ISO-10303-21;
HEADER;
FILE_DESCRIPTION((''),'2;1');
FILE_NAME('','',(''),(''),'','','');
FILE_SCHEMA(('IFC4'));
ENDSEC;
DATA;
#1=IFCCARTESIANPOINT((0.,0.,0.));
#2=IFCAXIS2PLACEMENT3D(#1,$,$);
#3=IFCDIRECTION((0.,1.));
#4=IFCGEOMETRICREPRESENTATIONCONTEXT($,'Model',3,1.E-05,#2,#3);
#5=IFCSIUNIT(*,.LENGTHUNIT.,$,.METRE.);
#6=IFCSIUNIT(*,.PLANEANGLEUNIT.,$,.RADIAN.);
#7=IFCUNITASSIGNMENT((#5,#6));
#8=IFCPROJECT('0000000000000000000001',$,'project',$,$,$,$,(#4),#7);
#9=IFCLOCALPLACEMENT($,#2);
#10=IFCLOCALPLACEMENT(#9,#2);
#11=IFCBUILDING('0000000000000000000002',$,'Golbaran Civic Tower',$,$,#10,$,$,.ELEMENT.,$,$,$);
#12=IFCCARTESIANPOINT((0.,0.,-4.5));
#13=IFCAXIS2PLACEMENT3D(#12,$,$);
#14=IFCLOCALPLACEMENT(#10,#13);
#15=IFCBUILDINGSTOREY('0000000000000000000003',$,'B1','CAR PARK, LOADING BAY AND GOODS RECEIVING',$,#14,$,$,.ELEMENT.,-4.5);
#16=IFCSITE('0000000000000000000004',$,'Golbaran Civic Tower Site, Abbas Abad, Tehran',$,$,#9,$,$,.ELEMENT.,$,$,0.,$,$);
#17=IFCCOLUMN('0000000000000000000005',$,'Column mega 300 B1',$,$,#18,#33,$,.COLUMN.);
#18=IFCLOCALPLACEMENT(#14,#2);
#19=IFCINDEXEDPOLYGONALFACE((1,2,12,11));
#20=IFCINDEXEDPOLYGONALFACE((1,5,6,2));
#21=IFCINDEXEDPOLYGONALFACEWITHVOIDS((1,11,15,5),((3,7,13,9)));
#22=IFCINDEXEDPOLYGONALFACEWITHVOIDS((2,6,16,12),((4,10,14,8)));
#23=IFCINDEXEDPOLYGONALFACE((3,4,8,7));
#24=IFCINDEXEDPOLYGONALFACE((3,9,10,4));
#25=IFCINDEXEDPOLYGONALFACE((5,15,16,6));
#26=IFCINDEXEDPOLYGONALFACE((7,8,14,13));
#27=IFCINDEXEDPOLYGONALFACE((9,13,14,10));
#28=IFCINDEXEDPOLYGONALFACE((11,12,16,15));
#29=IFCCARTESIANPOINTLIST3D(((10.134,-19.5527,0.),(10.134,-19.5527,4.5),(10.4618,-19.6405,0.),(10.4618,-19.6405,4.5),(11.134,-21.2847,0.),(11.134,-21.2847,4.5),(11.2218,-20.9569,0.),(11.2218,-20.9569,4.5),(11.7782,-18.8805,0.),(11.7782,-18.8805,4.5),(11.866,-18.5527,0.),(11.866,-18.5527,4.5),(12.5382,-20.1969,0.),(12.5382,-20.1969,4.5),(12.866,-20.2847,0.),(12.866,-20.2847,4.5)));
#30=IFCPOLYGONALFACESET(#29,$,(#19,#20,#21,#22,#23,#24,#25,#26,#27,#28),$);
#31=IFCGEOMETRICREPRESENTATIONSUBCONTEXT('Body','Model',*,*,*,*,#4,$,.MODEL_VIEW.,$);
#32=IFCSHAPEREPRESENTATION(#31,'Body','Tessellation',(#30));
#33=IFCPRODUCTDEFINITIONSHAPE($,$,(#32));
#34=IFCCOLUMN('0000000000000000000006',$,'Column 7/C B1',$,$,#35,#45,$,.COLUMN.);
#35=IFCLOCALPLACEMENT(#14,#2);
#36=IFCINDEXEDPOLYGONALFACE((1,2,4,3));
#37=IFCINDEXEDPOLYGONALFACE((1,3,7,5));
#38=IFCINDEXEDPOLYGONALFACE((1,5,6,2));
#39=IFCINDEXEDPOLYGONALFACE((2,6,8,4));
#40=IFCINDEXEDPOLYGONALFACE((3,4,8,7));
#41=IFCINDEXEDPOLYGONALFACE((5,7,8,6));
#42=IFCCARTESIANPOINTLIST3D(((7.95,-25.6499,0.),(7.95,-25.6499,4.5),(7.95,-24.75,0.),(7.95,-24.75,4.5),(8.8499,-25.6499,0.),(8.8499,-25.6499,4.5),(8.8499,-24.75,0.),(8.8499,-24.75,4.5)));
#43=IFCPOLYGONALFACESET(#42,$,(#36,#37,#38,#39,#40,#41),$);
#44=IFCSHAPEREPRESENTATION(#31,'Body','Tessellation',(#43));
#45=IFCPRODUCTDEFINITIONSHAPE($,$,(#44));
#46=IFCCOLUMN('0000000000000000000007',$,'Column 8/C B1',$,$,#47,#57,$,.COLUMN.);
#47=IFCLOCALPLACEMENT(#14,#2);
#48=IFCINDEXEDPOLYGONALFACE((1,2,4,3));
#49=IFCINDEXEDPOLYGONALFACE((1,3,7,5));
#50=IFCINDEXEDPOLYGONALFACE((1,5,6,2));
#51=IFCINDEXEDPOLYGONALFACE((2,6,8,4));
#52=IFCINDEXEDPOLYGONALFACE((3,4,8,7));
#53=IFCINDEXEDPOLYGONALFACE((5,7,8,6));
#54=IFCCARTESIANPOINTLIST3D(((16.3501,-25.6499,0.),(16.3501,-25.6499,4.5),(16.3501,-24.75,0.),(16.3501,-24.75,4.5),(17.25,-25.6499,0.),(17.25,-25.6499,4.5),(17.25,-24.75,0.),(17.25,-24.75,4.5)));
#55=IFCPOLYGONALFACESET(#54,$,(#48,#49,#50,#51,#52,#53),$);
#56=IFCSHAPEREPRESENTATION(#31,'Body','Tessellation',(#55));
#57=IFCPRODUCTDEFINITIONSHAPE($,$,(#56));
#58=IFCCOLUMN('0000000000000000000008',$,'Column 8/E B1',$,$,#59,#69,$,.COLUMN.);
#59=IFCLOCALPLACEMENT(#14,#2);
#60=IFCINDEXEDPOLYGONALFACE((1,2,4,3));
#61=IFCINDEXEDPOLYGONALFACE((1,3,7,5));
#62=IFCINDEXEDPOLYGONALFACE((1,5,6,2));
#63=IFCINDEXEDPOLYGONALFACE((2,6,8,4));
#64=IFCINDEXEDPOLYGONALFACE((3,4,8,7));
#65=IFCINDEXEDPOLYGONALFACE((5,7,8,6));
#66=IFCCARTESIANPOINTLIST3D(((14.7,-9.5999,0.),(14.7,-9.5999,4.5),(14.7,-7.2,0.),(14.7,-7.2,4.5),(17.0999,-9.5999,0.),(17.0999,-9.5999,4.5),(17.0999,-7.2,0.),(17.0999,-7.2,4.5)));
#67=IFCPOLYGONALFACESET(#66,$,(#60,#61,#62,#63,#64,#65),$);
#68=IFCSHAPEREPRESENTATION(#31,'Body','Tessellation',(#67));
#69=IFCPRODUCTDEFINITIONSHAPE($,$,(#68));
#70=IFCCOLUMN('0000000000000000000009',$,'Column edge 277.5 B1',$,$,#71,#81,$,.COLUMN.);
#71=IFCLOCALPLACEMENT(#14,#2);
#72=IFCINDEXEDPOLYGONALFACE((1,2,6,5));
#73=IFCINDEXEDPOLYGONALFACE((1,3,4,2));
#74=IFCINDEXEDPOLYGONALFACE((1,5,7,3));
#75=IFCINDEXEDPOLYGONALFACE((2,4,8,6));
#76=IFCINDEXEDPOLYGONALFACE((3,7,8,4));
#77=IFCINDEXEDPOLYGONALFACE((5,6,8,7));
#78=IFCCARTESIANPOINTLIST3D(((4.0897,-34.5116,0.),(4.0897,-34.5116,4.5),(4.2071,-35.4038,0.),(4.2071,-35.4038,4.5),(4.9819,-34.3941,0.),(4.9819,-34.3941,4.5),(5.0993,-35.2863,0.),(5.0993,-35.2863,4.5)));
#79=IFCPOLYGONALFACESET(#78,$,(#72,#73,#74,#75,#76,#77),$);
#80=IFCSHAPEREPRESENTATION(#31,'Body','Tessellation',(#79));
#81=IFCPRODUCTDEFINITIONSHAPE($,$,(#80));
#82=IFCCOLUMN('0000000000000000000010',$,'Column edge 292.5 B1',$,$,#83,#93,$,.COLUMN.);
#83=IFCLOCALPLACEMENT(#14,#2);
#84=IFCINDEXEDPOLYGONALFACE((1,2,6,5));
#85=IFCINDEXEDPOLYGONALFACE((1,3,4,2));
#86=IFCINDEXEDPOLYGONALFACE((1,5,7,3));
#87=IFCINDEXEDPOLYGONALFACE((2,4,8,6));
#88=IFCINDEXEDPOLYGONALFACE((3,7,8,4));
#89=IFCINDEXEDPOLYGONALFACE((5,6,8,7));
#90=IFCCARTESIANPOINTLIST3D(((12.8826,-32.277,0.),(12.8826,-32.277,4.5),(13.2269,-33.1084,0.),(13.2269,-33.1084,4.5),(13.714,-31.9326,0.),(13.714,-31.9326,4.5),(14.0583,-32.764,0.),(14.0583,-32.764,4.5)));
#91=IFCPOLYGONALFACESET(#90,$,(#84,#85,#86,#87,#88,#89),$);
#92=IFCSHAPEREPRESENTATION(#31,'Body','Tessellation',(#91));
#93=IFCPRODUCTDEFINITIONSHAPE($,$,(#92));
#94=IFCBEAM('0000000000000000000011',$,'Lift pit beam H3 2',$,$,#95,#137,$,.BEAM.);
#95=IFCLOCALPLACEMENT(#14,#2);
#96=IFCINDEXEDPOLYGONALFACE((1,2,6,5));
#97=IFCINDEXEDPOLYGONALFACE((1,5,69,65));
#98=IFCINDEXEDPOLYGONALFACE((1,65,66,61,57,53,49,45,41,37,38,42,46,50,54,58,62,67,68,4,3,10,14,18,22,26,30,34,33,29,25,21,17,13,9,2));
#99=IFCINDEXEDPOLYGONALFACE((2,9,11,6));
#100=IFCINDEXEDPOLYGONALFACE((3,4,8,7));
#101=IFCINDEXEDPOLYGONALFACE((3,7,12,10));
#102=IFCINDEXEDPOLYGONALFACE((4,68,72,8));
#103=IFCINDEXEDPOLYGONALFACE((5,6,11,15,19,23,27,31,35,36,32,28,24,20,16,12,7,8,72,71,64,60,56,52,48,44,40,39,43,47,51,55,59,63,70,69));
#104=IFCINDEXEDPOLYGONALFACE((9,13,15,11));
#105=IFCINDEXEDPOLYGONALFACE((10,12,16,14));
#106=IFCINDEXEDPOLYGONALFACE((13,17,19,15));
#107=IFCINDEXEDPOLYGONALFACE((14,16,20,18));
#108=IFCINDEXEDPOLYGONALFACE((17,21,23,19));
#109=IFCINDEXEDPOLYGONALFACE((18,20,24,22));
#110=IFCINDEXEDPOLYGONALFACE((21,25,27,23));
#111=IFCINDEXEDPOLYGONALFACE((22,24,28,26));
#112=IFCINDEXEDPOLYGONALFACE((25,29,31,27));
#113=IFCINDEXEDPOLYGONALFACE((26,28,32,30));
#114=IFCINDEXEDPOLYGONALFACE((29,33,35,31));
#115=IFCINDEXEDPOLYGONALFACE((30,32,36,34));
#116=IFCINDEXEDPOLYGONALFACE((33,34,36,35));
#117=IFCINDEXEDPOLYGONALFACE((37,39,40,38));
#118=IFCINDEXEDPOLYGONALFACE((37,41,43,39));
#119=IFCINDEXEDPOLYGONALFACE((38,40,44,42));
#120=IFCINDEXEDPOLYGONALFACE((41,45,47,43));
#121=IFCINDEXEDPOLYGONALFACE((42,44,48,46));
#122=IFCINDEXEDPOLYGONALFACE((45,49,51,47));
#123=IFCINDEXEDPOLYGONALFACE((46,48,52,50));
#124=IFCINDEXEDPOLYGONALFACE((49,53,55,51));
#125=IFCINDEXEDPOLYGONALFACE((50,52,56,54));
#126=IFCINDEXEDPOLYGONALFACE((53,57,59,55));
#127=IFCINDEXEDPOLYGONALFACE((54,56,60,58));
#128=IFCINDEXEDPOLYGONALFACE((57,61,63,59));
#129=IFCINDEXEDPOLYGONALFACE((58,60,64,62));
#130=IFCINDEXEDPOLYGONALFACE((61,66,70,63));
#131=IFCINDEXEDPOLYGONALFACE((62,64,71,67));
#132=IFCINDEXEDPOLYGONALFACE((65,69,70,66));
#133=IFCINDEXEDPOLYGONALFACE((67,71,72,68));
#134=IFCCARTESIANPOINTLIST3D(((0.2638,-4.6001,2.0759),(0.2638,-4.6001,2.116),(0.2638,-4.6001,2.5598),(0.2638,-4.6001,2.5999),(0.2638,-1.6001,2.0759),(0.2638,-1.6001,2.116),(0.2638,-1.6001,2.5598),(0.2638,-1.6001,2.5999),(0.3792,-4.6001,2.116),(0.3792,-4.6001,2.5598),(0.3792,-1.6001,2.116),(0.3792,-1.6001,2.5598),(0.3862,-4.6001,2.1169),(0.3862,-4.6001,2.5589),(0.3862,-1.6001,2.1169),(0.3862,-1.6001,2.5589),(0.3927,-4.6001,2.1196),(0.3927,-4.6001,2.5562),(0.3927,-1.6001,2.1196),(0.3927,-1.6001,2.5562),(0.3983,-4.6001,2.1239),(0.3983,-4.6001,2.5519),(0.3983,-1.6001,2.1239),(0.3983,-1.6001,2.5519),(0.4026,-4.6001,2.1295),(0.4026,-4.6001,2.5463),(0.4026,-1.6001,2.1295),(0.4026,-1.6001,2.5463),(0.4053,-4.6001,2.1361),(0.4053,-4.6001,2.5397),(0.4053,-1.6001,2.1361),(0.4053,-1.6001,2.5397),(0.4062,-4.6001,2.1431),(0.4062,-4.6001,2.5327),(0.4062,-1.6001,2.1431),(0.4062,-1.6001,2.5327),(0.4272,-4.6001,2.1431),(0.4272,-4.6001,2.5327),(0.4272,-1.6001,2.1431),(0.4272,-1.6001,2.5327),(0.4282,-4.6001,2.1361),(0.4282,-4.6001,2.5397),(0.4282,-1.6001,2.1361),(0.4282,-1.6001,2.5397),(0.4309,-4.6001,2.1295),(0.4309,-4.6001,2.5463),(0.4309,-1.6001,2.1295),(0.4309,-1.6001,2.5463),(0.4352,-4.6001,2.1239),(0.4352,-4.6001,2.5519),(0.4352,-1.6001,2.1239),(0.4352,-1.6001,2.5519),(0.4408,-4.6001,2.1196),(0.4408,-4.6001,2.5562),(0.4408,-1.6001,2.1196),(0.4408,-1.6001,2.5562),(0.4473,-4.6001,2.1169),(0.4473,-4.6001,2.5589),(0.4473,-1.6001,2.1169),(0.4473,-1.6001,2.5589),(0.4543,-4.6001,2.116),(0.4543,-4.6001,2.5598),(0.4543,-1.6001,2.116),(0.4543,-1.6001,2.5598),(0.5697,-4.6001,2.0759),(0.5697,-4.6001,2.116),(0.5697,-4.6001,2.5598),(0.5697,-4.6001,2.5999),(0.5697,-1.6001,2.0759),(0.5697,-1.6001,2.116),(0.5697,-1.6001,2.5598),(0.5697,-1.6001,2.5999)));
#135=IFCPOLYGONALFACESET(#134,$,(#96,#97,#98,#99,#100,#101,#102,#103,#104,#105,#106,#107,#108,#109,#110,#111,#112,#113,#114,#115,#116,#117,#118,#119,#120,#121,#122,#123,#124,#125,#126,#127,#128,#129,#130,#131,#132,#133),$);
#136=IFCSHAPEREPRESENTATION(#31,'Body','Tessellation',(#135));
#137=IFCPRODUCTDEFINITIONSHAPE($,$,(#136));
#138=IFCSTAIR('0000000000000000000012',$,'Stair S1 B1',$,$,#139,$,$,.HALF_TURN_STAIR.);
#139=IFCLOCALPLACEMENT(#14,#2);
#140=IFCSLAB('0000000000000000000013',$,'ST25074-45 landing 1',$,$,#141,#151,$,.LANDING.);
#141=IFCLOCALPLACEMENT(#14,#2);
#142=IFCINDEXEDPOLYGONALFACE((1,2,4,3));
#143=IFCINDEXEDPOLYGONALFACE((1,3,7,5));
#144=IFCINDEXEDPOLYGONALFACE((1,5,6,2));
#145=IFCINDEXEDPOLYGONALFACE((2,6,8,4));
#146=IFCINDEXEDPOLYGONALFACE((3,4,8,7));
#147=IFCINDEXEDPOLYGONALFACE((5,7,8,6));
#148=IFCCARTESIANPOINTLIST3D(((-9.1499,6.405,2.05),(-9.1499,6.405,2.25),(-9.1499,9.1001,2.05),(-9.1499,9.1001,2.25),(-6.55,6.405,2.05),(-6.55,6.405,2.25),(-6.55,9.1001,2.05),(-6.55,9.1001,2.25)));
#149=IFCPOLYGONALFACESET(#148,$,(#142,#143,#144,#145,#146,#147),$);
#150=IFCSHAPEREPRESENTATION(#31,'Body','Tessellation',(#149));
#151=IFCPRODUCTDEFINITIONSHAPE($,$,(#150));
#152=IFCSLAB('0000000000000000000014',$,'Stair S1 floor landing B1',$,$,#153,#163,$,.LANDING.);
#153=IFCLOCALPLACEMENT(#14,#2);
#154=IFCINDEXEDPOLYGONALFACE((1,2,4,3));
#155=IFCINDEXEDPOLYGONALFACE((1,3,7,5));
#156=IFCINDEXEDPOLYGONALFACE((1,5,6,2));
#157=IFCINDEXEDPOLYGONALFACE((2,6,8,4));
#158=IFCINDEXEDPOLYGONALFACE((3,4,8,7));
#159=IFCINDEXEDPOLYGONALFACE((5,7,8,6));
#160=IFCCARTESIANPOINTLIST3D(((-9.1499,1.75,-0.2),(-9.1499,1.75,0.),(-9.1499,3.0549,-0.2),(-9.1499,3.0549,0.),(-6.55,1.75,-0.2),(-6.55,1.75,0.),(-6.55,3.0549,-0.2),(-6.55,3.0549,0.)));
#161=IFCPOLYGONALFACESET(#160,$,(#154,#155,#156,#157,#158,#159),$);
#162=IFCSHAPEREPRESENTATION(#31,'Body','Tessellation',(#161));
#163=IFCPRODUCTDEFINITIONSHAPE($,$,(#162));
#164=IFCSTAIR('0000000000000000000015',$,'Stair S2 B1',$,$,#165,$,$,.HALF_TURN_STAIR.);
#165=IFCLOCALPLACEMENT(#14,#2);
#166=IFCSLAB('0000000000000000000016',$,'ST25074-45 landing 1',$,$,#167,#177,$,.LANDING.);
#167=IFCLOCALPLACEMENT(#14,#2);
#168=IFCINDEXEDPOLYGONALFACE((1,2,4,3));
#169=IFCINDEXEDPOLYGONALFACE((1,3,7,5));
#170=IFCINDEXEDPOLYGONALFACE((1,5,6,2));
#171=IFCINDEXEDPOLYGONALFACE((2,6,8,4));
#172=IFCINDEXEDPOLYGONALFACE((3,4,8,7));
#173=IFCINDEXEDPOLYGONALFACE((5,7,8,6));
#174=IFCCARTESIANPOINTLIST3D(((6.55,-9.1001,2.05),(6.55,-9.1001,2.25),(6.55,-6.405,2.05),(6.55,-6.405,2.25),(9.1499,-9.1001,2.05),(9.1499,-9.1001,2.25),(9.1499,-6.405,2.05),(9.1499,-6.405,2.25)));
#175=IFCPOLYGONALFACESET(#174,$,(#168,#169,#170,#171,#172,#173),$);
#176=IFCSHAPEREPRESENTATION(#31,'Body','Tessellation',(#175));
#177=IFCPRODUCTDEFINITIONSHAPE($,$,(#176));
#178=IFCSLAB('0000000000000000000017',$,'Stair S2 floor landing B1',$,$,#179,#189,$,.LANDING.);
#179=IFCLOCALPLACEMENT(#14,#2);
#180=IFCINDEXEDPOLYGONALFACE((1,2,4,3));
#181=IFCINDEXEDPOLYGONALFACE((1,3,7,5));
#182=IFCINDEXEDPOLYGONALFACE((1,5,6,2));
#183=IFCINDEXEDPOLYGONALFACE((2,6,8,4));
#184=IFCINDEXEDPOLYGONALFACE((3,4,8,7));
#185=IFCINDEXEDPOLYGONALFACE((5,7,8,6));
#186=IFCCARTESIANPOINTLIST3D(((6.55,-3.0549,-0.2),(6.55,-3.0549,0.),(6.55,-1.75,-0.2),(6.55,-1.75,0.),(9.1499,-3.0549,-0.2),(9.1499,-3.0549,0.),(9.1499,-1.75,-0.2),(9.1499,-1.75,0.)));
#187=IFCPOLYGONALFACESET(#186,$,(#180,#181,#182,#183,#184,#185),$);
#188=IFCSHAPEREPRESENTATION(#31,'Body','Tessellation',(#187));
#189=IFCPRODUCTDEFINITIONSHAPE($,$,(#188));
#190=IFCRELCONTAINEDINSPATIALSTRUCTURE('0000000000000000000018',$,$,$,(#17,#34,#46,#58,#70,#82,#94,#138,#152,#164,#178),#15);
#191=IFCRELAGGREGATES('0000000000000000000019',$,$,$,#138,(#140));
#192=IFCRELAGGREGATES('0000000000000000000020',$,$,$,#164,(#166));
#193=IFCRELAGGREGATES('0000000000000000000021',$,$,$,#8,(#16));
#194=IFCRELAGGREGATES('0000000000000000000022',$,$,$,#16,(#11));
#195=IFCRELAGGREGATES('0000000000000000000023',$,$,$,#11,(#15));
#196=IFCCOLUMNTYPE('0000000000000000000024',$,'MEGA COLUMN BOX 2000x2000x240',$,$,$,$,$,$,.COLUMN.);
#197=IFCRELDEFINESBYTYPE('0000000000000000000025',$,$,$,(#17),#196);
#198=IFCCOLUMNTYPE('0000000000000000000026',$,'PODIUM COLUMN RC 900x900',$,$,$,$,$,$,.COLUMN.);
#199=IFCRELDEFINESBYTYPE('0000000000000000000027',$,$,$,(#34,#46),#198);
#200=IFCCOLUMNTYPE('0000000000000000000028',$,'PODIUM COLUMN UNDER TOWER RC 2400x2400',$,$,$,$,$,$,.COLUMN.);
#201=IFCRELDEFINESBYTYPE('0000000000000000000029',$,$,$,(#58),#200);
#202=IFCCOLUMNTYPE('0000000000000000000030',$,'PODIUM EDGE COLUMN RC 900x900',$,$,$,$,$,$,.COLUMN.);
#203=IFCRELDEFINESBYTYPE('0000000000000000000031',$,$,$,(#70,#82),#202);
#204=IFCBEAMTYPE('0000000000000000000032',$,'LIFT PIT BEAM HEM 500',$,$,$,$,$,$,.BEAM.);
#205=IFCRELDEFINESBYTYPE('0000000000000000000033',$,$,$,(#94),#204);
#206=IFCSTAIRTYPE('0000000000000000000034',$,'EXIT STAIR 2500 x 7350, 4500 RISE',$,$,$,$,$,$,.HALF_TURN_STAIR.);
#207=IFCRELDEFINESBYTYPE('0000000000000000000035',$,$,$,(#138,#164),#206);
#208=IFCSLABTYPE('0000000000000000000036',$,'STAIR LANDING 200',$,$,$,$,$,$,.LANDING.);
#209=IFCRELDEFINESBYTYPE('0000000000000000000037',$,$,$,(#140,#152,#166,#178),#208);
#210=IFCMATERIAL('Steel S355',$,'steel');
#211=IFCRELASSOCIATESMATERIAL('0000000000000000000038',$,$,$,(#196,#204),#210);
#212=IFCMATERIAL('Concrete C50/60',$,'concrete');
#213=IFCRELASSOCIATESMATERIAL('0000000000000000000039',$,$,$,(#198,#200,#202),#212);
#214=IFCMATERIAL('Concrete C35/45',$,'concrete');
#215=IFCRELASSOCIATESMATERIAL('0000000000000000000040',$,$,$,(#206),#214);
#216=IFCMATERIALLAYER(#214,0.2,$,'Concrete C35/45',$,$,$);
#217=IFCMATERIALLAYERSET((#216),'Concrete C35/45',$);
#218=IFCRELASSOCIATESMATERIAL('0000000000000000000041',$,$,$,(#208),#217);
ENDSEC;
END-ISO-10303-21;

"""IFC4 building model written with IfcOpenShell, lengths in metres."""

from ifc_helpers import new_model, si_unit, direction, frame, origin, origin_2d, place, context, subcontext, project, spatial, polyline, rectangle, hollow_rectangle, i_section, outline, extrude, material, layer, layer_set, material_profile, profile_set, type_object, element, aggregate, save


model = new_model("IFC4")

# Units and contexts
model_context = context("Model", 3, precision=1e-05, world=origin(), true_north=direction((0.0, 1.0)))
body_context = subcontext(model_context, "Body", "Model", "MODEL_VIEW")
ifc_project = project(units=[si_unit("LENGTHUNIT", "METRE"), si_unit("PLANEANGLEUNIT", "RADIAN")], contexts=[model_context])

# Site, building, storey
site_placement = place(None, origin())
site = spatial("IfcSite", under=ifc_project, at=site_placement, Name="Golbaran Civic Tower Site, Abbas Abad, Tehran", CompositionType="ELEMENT", RefElevation=0.0)
building_placement = place(site_placement, origin())
building = spatial("IfcBuilding", under=site, at=building_placement, Name="Golbaran Civic Tower", CompositionType="ELEMENT")
storey_placement = place(building_placement, frame((0.0, 0.0, -4.5)))
storey = spatial("IfcBuildingStorey", under=building, at=storey_placement, Name="B1", Description="CAR PARK, LOADING BAY AND GOODS RECEIVING", CompositionType="ELEMENT", Elevation=-4.5)

# Columns
ifc_material_1 = material(Name="Steel S355", Category="steel")
ifc_material_profile_1 = material_profile(ifc_material_1, hollow_rectangle(XDim=2.0, YDim=2.0, WallThickness=0.24, at=origin_2d()), Name="BOX 2000x2000x240")
ifc_profile_set_1 = profile_set([ifc_material_profile_1], Name="Steel S355")
column_type_1 = type_object("IfcColumnType", Name="MEGA COLUMN BOX 2000x2000x240", PredefinedType="COLUMN", material=ifc_profile_set_1)
column_1_placement = place(storey_placement, frame((11.5, -19.9187, 0.0), z_axis=(0.0, 0.0, 1.0), x_axis=(0.5, -0.866025, 0.0)))
element("IfcColumn", 1, at=column_1_placement, inside=storey, type_object=column_type_1, Name="Column mega 300 B1", PredefinedType="COLUMN", context=body_context, shape_type="SweptSolid", body=[
    extrude(hollow_rectangle(XDim=2.0, YDim=2.0, WallThickness=0.24, at=origin_2d()), origin(), (0.0, 0.0, 1.0), 4.5),
])
ifc_material_2 = material(Name="Concrete C50/60", Category="concrete")
ifc_material_profile_2 = material_profile(ifc_material_2, rectangle(XDim=0.8999, YDim=0.8999, at=origin_2d()), Name="RC 900x900")
ifc_profile_set_2 = profile_set([ifc_material_profile_2], Name="Concrete C50/60")
column_type_2 = type_object("IfcColumnType", Name="PODIUM COLUMN RC 900x900", PredefinedType="COLUMN", material=ifc_profile_set_2)
for number, where, z_axis, x_axis, name in (
    (2, (8.3999, -25.2, 0.0), (0.0, 0.0, 1.0), (1.0, 0.0, 0.0), "Column 7/C B1"),
    (3, (16.8, -25.2, 0.0), (0.0, 0.0, 1.0), (1.0, 0.0, 0.0), "Column 8/C B1"),
):
    element("IfcColumn", number, at=place(storey_placement, frame(where, z_axis=z_axis, x_axis=x_axis)), inside=storey, type_object=column_type_2, Name=name, PredefinedType="COLUMN", context=body_context, shape_type="SweptSolid", body=[
        extrude(rectangle(XDim=0.8999, YDim=0.8999, at=origin_2d()), origin(), (0.0, 0.0, 1.0), 4.5),
    ])
ifc_material_profile_3 = material_profile(ifc_material_2, rectangle(XDim=2.3999, YDim=2.3999, at=origin_2d()), Name="RC 2400x2400")
ifc_profile_set_3 = profile_set([ifc_material_profile_3], Name="Concrete C50/60")
column_type_3 = type_object("IfcColumnType", Name="PODIUM COLUMN UNDER TOWER RC 2400x2400", PredefinedType="COLUMN", material=ifc_profile_set_3)
column_2_placement = place(storey_placement, frame((15.8999, -8.3999, 0.0), z_axis=(0.0, 0.0, 1.0), x_axis=(1.0, 0.0, 0.0)))
element("IfcColumn", 4, at=column_2_placement, inside=storey, type_object=column_type_3, Name="Column 8/E B1", PredefinedType="COLUMN", context=body_context, shape_type="SweptSolid", body=[
    extrude(rectangle(XDim=2.3999, YDim=2.3999, at=origin_2d()), origin(), (0.0, 0.0, 1.0), 4.5),
])
ifc_material_profile_4 = material_profile(ifc_material_2, rectangle(XDim=0.8999, YDim=0.8999, at=origin_2d()), Name="RC 900x900")
ifc_profile_set_4 = profile_set([ifc_material_profile_4], Name="Concrete C50/60")
column_type_4 = type_object("IfcColumnType", Name="PODIUM EDGE COLUMN RC 900x900", PredefinedType="COLUMN", material=ifc_profile_set_4)
for number, where, z_axis, x_axis, name in (
    (5, (4.5945, -34.8989, 0.0), (0.0, 0.0, 1.0), (0.130526, -0.991445, 0.0), "Column edge 277.5 B1"),
    (6, (13.4705, -32.5205, 0.0), (0.0, 0.0, 1.0), (0.382683, -0.92388, 0.0), "Column edge 292.5 B1"),
):
    element("IfcColumn", number, at=place(storey_placement, frame(where, z_axis=z_axis, x_axis=x_axis)), inside=storey, type_object=column_type_4, Name=name, PredefinedType="COLUMN", context=body_context, shape_type="SweptSolid", body=[
        extrude(rectangle(XDim=0.8999, YDim=0.8999, at=origin_2d()), origin(), (0.0, 0.0, 1.0), 4.5),
    ])

# Beam
ifc_material_profile_5 = material_profile(ifc_material_1, i_section(OverallWidth=0.3059, OverallDepth=0.5239, WebThickness=0.021, FlangeThickness=0.04, FilletRadius=0.0271, at=origin_2d()), Name="HEM 500")
ifc_profile_set_5 = profile_set([ifc_material_profile_5], Name="Steel S355")
beam_type = type_object("IfcBeamType", Name="LIFT PIT BEAM HEM 500", PredefinedType="BEAM", material=ifc_profile_set_5)
beam_placement = place(storey_placement, frame((0.4167, -4.6001, 2.3379), z_axis=(0.0, 1.0, 0.0), x_axis=(-1.0, 0.0, 0.0)))
element("IfcBeam", 7, at=beam_placement, inside=storey, type_object=beam_type, Name="Lift pit beam H3 2", PredefinedType="BEAM", context=body_context, shape_type="SweptSolid", body=[
    extrude(i_section(OverallWidth=0.3059, OverallDepth=0.5239, WebThickness=0.021, FlangeThickness=0.04, FilletRadius=0.0271, at=origin_2d()), origin(), (0.0, 0.0, 1.0), 3.0),
])

# Stair, slab
ifc_material_3 = material(Name="Concrete C35/45", Category="concrete")
stair_type_1 = type_object("IfcStairType", Name="EXIT STAIR 2500 x 7350, 4500 RISE", PredefinedType="HALF_TURN_STAIR", material=ifc_material_3)
stair_1_placement = place(storey_placement, origin())
stair_1 = element("IfcStair", 8, at=stair_1_placement, inside=storey, type_object=stair_type_1, Name="Stair S1 B1", PredefinedType="HALF_TURN_STAIR")
ifc_layer_1 = layer(ifc_material_3, 0.2, Name="Concrete C35/45")
ifc_layer_set_1 = layer_set([ifc_layer_1], Name="Concrete C35/45")
slab_type = type_object("IfcSlabType", Name="STAIR LANDING 200", PredefinedType="LANDING", material=ifc_layer_set_1)
slab_1_placement = place(storey_placement, frame((0.0, 0.0, 2.05)))
slab_1 = element("IfcSlab", 9, at=slab_1_placement, type_object=slab_type, Name="ST25074-45 landing 1", PredefinedType="LANDING", context=body_context, shape_type="SweptSolid", body=[
    extrude(outline(polyline([(-9.1499, 6.405), (-9.1499, 9.1001), (-6.55, 9.1001), (-6.55, 6.405), (-9.1499, 6.405)])), origin(), (0.0, 0.0, 1.0), 0.2),
])
aggregate(stair_1, [slab_1])

# Slab
slab_2_placement = place(storey_placement, frame((0.0, 0.0, -0.2)))
element("IfcSlab", 10, at=slab_2_placement, inside=storey, type_object=slab_type, Name="Stair S1 floor landing B1", PredefinedType="LANDING", context=body_context, shape_type="SweptSolid", body=[
    extrude(outline(polyline([(-9.1499, 1.75), (-9.1499, 3.0549), (-6.55, 3.0549), (-6.55, 1.75), (-9.1499, 1.75)])), origin(), (0.0, 0.0, 1.0), 0.2),
])

# Stair, slab
stair_2_placement = place(storey_placement, origin())
stair_2 = element("IfcStair", 11, at=stair_2_placement, inside=storey, type_object=stair_type_1, Name="Stair S2 B1", PredefinedType="HALF_TURN_STAIR")
slab_3_placement = place(storey_placement, frame((0.0, 0.0, 2.05)))
slab_3 = element("IfcSlab", 12, at=slab_3_placement, type_object=slab_type, Name="ST25074-45 landing 1", PredefinedType="LANDING", context=body_context, shape_type="SweptSolid", body=[
    extrude(outline(polyline([(9.1499, -6.405), (9.1499, -9.1001), (6.55, -9.1001), (6.55, -6.405), (9.1499, -6.405)])), origin(), (0.0, 0.0, 1.0), 0.2),
])

# Slab
slab_4_placement = place(storey_placement, frame((0.0, 0.0, -0.2)))
element("IfcSlab", 13, at=slab_4_placement, inside=storey, type_object=slab_type, Name="Stair S2 floor landing B1", PredefinedType="LANDING", context=body_context, shape_type="SweptSolid", body=[
    extrude(outline(polyline([(9.1499, -1.75), (9.1499, -3.0549), (6.55, -3.0549), (6.55, -1.75), (9.1499, -1.75)])), origin(), (0.0, 0.0, 1.0), 0.2),
])

aggregate(stair_2, [slab_3])

save(model, "model.ifc")
